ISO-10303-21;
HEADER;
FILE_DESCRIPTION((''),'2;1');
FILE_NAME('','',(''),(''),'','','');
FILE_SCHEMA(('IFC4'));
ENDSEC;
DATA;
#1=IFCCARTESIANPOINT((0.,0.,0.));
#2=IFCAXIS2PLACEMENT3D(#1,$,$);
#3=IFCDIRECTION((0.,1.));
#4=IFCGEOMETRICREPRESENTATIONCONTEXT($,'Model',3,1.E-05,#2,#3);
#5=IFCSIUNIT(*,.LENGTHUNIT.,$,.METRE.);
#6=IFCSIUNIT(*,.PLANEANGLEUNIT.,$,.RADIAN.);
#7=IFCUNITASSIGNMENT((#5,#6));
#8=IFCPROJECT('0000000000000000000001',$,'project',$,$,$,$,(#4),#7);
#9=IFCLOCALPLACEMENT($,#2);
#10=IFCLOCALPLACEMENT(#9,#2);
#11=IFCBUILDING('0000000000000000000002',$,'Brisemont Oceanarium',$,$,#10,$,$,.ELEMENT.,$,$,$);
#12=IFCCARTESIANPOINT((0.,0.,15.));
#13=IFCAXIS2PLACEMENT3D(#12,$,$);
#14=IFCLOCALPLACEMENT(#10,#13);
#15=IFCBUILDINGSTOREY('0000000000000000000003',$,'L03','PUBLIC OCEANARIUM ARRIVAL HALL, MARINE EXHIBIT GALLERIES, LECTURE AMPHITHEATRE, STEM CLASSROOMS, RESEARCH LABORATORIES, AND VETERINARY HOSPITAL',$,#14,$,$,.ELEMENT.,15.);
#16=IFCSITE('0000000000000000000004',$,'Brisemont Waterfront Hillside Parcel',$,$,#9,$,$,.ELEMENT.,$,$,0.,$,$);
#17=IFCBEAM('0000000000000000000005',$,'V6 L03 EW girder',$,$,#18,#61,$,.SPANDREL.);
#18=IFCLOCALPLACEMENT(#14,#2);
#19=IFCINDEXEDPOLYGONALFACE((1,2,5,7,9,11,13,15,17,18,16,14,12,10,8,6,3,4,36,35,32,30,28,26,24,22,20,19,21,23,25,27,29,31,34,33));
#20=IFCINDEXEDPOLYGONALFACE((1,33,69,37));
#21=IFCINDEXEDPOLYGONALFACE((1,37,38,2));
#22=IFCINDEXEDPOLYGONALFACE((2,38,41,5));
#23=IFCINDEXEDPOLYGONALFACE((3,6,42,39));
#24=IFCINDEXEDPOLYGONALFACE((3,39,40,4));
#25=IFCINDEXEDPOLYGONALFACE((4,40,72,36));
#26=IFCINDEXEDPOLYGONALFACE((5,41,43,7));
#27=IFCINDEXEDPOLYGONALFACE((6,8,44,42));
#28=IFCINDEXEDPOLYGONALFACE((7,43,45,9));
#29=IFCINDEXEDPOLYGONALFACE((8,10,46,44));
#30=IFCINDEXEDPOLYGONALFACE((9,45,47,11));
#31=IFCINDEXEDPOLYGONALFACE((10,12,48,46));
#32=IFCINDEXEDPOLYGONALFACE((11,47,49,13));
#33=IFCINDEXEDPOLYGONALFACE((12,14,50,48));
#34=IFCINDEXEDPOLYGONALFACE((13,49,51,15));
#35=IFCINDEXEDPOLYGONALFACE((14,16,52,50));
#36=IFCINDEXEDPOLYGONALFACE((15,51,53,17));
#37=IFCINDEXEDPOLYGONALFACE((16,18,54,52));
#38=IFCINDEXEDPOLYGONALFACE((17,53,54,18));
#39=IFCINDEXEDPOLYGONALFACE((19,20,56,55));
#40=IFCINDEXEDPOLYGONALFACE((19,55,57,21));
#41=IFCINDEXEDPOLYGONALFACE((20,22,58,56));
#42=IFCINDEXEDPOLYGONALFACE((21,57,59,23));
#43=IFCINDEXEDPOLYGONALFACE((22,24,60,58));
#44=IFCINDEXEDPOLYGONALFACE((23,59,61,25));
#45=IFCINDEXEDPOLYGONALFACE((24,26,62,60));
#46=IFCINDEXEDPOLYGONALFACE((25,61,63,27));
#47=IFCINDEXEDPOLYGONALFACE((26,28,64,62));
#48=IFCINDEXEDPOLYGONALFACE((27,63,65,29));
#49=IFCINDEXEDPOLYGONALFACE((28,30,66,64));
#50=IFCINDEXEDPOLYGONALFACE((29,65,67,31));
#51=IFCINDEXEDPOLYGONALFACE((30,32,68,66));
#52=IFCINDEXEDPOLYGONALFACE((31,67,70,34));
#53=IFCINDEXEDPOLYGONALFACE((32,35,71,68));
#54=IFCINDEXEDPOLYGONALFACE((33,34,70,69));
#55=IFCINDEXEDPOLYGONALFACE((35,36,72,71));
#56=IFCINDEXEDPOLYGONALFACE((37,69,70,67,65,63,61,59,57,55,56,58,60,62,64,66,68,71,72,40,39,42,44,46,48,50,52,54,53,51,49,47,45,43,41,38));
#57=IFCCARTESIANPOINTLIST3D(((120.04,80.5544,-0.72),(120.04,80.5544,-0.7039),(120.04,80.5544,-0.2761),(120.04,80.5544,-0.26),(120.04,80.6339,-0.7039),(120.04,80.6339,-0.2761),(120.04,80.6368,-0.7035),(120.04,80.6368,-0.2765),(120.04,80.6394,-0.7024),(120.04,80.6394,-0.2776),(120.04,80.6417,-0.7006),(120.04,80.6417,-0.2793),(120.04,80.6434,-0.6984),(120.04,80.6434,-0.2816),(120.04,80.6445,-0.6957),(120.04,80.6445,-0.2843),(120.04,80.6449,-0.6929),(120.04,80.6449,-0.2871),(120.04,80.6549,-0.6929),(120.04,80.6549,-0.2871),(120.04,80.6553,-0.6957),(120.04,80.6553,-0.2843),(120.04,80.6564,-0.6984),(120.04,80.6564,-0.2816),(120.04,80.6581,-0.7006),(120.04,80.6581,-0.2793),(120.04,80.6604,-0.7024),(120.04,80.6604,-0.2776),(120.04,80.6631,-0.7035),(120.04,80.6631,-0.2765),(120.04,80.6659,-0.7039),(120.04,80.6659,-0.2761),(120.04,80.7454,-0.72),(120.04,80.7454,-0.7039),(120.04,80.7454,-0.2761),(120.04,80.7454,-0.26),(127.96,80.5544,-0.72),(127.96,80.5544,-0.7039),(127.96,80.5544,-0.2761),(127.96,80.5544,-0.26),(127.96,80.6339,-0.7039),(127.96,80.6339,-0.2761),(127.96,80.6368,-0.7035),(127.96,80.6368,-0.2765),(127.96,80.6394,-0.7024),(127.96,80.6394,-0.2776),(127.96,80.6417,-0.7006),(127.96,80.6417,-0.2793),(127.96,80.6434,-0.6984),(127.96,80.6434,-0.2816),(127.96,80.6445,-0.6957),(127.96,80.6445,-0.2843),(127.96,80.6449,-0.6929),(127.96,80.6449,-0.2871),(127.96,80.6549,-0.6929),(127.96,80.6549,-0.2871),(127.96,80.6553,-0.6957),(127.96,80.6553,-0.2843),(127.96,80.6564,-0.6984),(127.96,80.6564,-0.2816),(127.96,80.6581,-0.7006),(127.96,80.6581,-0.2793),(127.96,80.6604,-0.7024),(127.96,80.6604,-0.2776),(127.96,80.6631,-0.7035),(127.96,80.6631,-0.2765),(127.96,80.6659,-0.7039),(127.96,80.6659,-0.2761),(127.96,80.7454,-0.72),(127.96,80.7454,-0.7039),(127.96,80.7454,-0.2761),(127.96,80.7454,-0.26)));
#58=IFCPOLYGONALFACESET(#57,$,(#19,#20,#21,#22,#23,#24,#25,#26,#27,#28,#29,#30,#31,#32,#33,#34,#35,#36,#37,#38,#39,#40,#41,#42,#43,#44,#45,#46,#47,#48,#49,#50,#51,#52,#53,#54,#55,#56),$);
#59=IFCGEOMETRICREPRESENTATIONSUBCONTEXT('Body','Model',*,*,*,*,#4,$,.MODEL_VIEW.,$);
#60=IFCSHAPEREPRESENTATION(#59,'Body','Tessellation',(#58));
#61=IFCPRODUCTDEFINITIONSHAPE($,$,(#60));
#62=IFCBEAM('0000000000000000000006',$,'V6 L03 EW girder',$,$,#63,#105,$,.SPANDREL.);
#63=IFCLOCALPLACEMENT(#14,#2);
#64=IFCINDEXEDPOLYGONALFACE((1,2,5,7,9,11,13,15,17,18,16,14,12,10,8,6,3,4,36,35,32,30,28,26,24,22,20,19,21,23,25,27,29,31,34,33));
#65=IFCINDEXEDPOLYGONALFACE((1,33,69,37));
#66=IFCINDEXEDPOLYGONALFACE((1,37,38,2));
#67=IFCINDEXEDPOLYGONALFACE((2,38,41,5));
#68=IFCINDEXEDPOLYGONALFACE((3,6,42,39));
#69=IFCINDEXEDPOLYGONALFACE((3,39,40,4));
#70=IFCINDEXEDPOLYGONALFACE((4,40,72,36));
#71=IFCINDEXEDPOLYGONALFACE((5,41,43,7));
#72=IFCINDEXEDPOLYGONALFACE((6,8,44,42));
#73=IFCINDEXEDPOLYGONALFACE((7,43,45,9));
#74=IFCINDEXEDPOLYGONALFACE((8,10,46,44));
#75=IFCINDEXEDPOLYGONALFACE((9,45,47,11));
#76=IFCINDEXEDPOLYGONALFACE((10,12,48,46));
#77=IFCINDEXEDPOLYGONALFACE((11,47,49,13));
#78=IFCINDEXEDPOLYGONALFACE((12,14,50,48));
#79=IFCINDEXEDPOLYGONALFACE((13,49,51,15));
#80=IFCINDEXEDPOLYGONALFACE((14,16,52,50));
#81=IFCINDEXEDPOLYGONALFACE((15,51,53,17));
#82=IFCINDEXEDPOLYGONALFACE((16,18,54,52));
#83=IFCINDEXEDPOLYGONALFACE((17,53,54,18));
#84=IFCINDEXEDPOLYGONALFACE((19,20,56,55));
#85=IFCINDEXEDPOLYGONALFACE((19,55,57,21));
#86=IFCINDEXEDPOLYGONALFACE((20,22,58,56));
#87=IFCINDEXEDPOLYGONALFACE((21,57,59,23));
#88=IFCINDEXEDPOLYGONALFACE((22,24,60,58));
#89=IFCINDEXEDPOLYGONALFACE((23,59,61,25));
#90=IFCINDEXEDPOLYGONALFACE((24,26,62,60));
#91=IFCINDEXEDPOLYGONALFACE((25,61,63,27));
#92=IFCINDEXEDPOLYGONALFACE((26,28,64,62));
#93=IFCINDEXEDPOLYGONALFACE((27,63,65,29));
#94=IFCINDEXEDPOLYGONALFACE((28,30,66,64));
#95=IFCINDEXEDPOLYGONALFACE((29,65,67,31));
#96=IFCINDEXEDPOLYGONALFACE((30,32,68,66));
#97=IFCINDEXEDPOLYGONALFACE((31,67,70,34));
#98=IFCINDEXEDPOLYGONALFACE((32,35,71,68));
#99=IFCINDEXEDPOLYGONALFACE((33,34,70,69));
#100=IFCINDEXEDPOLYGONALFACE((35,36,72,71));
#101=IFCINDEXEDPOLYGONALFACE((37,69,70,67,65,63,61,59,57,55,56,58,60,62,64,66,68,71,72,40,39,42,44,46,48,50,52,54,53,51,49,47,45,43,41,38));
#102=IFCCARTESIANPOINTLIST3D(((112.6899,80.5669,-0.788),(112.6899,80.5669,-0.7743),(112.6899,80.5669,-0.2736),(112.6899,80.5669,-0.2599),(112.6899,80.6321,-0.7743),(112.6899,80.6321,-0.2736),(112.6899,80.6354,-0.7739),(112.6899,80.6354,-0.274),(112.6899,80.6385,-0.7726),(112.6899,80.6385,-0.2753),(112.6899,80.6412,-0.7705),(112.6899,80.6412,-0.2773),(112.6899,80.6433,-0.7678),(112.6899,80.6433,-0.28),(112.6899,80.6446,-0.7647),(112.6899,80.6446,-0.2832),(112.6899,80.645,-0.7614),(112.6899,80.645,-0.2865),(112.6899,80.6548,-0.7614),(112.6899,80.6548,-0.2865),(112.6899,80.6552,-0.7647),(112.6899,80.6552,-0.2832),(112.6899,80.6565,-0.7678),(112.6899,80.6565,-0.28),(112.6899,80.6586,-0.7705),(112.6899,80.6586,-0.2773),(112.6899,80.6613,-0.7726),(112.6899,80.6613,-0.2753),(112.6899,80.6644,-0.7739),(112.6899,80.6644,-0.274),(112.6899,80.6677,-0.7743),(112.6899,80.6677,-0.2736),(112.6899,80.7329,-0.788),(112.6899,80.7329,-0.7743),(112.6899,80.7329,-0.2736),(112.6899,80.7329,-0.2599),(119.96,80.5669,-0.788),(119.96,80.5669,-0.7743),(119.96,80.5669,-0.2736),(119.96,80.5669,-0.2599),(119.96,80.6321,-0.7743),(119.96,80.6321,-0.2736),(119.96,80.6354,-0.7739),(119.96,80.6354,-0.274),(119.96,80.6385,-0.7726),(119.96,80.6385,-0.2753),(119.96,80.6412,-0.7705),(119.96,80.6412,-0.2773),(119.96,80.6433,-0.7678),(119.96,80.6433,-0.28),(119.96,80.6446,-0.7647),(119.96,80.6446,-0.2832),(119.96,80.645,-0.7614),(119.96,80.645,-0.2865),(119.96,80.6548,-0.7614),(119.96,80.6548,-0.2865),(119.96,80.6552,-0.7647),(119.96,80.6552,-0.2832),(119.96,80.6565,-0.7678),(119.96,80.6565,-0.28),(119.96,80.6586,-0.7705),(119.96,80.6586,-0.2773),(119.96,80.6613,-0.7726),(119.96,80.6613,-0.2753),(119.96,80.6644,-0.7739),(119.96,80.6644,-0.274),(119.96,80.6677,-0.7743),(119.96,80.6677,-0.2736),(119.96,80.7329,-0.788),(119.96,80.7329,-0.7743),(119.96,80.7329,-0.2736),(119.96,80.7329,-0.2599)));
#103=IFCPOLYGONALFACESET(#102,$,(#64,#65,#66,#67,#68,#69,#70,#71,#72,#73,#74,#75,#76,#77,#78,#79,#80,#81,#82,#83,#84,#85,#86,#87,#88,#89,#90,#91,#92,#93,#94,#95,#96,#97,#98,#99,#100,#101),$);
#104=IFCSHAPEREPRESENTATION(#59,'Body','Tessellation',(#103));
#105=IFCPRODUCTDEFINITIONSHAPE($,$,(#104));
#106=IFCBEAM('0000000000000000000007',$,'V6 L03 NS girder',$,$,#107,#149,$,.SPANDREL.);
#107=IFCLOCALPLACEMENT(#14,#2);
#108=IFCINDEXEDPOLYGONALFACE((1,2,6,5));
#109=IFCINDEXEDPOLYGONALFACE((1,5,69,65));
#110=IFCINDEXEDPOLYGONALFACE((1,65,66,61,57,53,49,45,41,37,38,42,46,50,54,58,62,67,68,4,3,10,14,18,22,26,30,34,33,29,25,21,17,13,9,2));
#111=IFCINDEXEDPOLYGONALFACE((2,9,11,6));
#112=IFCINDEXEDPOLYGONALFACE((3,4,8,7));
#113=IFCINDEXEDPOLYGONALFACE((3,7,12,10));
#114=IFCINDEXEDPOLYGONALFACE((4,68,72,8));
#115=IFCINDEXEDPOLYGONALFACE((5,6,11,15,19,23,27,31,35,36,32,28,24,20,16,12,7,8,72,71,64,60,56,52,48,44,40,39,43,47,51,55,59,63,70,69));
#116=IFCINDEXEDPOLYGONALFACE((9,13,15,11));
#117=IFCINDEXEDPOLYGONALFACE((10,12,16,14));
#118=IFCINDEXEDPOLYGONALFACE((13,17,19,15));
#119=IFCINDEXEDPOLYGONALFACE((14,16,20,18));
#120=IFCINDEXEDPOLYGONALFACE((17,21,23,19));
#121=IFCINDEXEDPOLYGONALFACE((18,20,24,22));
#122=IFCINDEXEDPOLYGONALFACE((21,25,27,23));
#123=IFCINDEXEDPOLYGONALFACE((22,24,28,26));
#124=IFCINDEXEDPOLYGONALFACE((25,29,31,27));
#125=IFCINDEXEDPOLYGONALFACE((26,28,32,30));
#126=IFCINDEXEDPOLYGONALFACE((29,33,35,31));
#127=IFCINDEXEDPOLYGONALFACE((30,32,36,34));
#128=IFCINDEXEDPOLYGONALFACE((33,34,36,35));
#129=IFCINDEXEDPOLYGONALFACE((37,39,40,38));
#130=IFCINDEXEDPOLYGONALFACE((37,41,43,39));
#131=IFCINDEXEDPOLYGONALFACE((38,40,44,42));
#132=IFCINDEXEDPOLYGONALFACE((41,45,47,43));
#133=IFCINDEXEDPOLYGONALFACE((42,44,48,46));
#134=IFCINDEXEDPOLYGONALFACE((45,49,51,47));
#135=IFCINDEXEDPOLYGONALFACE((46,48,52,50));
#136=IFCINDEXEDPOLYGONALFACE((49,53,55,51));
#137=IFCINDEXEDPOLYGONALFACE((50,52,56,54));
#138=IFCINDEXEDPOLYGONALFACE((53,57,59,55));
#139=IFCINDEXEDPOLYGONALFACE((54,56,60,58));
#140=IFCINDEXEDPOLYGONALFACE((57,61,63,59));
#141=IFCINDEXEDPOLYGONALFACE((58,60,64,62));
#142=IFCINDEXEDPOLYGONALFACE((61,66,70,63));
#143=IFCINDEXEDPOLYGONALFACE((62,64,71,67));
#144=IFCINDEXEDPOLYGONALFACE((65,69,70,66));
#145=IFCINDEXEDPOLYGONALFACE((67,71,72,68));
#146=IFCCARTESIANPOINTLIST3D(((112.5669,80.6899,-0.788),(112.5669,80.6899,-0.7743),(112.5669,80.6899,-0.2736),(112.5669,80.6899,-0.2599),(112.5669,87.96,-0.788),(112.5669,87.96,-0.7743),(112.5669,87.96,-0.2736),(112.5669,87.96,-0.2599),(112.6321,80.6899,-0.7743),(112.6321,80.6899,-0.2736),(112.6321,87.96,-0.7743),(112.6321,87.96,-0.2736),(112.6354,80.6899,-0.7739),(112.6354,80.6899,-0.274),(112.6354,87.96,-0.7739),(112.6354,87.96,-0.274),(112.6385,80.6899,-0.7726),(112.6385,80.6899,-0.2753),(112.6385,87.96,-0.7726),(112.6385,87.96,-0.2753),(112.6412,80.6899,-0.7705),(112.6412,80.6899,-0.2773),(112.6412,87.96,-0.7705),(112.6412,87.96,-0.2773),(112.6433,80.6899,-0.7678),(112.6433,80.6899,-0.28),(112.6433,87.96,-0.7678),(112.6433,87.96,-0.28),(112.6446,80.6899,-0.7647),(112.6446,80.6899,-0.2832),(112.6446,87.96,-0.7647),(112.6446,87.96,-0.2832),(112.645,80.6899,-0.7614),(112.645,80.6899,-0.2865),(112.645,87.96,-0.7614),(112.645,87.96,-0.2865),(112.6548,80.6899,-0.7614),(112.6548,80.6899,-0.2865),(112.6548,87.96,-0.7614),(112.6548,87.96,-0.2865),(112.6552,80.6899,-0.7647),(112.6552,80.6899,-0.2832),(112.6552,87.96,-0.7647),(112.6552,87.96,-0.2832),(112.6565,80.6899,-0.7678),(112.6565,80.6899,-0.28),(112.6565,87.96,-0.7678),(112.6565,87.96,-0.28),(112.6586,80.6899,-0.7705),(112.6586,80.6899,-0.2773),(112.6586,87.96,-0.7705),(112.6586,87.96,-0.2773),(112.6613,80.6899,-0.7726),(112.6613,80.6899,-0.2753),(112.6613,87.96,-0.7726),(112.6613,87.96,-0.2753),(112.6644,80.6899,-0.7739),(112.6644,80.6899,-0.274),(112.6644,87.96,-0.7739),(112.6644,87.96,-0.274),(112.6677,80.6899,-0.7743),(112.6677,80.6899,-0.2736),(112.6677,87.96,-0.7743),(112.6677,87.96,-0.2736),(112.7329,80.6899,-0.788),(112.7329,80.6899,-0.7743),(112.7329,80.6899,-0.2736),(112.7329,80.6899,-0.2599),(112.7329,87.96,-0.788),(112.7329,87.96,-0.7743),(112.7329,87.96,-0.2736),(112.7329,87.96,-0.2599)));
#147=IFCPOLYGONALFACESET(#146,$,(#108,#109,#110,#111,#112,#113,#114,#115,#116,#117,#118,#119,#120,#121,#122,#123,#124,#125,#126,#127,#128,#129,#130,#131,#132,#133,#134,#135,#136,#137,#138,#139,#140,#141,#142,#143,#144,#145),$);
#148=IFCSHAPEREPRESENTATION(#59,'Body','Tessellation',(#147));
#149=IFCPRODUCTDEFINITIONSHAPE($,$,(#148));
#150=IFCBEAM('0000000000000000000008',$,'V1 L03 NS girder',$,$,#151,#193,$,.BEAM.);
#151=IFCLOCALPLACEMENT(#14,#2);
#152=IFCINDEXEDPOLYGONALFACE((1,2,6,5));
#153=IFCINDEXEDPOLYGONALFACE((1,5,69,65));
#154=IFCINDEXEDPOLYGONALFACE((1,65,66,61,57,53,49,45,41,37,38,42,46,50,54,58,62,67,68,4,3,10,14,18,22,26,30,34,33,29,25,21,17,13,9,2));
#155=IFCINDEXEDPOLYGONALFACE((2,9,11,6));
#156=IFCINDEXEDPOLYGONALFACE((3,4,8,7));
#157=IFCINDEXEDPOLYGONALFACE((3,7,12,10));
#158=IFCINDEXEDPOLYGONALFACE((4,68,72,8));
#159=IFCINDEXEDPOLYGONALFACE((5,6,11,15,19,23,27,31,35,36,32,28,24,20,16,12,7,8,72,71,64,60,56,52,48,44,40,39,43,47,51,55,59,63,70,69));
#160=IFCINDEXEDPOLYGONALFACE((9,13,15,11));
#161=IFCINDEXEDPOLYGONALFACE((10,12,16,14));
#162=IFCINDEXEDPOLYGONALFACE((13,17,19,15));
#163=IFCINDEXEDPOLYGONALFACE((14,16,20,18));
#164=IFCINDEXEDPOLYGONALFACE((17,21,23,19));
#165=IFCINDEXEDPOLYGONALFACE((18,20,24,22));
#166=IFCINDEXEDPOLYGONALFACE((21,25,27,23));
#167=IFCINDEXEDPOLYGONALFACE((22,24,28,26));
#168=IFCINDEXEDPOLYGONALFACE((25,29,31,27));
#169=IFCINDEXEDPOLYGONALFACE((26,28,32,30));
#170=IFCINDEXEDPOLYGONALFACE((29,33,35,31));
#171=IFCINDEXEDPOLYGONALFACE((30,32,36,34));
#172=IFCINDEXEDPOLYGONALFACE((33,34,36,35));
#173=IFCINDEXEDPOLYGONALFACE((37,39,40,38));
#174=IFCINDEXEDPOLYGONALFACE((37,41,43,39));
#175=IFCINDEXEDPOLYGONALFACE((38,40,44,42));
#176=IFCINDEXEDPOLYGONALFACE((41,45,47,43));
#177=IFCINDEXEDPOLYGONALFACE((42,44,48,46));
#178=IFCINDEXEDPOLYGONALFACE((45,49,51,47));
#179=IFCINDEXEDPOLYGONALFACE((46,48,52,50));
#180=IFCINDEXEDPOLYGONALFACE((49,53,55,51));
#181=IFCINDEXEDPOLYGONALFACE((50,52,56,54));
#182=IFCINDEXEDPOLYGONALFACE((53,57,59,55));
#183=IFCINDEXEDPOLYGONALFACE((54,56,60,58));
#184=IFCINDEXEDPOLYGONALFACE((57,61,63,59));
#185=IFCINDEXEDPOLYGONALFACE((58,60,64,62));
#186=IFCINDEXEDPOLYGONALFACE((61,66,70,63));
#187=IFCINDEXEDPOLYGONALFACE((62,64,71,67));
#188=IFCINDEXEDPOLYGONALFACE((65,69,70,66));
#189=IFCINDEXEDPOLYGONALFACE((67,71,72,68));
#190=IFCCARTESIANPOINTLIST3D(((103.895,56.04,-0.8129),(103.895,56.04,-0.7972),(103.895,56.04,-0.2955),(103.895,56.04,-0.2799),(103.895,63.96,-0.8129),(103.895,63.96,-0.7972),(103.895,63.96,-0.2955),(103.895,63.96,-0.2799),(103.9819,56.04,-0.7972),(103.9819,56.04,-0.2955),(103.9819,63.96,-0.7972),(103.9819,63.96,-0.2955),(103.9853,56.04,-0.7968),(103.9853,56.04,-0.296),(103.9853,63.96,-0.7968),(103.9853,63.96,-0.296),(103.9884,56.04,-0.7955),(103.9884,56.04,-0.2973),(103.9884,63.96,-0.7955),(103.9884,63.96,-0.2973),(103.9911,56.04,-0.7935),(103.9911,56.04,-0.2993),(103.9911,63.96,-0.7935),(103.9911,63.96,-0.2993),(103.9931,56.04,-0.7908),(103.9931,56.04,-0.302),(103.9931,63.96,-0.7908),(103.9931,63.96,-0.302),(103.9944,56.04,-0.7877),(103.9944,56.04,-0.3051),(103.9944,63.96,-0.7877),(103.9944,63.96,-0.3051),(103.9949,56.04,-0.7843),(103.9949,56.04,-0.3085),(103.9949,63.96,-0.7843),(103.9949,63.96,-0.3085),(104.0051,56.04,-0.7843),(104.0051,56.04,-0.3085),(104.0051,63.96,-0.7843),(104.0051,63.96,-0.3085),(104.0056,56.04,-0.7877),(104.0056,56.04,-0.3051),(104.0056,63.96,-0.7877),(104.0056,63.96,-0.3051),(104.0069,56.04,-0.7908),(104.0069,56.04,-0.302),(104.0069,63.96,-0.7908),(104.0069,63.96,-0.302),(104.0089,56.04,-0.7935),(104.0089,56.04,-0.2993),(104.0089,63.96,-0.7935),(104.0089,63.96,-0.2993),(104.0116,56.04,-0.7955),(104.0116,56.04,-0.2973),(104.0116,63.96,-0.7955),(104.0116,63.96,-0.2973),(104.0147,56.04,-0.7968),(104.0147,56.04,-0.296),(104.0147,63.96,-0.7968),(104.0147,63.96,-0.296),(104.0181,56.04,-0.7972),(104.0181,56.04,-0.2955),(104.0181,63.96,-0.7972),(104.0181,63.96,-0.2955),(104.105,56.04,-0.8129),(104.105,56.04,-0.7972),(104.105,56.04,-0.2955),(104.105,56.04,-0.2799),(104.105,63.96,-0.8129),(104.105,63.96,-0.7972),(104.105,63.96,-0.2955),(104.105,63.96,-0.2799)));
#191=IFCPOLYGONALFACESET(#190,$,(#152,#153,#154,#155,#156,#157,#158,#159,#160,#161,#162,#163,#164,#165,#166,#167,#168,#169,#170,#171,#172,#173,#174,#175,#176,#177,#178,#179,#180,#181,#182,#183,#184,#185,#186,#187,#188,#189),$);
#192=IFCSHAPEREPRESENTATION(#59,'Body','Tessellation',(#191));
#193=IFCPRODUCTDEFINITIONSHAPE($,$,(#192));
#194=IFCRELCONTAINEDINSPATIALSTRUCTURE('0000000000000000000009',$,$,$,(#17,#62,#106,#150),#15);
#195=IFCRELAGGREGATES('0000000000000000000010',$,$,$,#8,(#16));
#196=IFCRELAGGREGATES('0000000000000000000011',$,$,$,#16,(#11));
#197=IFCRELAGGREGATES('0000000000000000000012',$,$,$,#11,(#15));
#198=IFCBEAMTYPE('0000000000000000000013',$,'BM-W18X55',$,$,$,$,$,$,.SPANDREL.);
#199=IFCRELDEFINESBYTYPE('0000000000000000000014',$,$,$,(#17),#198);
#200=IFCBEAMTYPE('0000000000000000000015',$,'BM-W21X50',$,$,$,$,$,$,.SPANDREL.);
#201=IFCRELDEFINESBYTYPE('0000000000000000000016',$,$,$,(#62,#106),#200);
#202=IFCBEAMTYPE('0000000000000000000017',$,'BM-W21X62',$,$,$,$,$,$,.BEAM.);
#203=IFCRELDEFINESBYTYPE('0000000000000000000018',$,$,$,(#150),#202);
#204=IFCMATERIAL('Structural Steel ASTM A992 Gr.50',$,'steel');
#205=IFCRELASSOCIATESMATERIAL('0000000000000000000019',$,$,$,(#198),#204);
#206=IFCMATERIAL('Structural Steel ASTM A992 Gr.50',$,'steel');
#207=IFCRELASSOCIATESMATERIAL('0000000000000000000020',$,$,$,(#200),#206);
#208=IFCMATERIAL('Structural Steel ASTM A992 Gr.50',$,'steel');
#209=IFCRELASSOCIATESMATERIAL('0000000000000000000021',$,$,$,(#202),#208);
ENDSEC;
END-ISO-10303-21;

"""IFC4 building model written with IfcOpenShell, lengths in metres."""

from ifc_helpers import new_model, si_unit, direction, frame, origin, origin_2d, place, context, subcontext, project, spatial, i_section, extrude, material, material_profile, profile_set, type_object, element, save


model = new_model("IFC4")

# Units and contexts
model_context = context("Model", 3, precision=1e-05, world=origin(), true_north=direction((0.0, 1.0)))
body_context = subcontext(model_context, "Body", "Model", "MODEL_VIEW")
ifc_project = project(units=[si_unit("LENGTHUNIT", "METRE"), si_unit("PLANEANGLEUNIT", "RADIAN")], contexts=[model_context])

# Site, building, storey
site_placement = place(None, origin())
site = spatial("IfcSite", under=ifc_project, at=site_placement, Name="Brisemont Waterfront Hillside Parcel", CompositionType="ELEMENT", RefElevation=0.0)
building_placement = place(site_placement, origin())
building = spatial("IfcBuilding", under=site, at=building_placement, Name="Brisemont Oceanarium", CompositionType="ELEMENT")
storey_placement = place(building_placement, frame((0.0, 0.0, 15.0)))
storey = spatial("IfcBuildingStorey", under=building, at=storey_placement, Name="L03", Description="PUBLIC OCEANARIUM ARRIVAL HALL, MARINE EXHIBIT GALLERIES, LECTURE AMPHITHEATRE, STEM CLASSROOMS, RESEARCH LABORATORIES, AND VETERINARY HOSPITAL", CompositionType="ELEMENT", Elevation=15.0)

# Beams
ifc_material_1 = material(Name="Structural Steel ASTM A992 Gr.50", Category="steel")
ifc_material_profile_1 = material_profile(ifc_material_1, i_section(OverallWidth=0.1909, OverallDepth=0.46, WebThickness=0.01, FlangeThickness=0.0161, FilletRadius=0.011, at=origin_2d()), Name="W18X55")
ifc_profile_set_1 = profile_set([ifc_material_profile_1], Name="Structural Steel ASTM A992 Gr.50")
beam_type_1 = type_object("IfcBeamType", Name="BM-W18X55", PredefinedType="SPANDREL", material=ifc_profile_set_1)
beam_1_placement = place(storey_placement, frame((120.04, 80.6499, -0.49), z_axis=(1.0, 0.0, 0.0), x_axis=(0.0, 1.0, 0.0)))
element("IfcBeam", 1, at=beam_1_placement, inside=storey, type_object=beam_type_1, Name="V6 L03 EW girder", PredefinedType="SPANDREL", context=body_context, shape_type="SweptSolid", body=[
    extrude(i_section(OverallWidth=0.1909, OverallDepth=0.46, WebThickness=0.01, FlangeThickness=0.0161, FilletRadius=0.011, at=origin_2d()), origin(), (0.0, 0.0, 1.0), 7.9199),
])
ifc_material_2 = material(Name="Structural Steel ASTM A992 Gr.50", Category="steel")
ifc_material_profile_2 = material_profile(ifc_material_2, i_section(OverallWidth=0.166, OverallDepth=0.5281, WebThickness=0.0098, FlangeThickness=0.0137, FilletRadius=0.0129, at=origin_2d()), Name="W21X50")
ifc_profile_set_2 = profile_set([ifc_material_profile_2], Name="Structural Steel ASTM A992 Gr.50")
beam_type_2 = type_object("IfcBeamType", Name="BM-W21X50", PredefinedType="SPANDREL", material=ifc_profile_set_2)
for number, where, z_axis, x_axis, name in (
    (2, (112.6899, 80.6499, -0.5239), (1.0, 0.0, 0.0), (0.0, 1.0, 0.0), "V6 L03 EW girder"),
    (3, (112.6499, 80.6899, -0.5239), (0.0, 1.0, 0.0), (-1.0, 0.0, 0.0), "V6 L03 NS girder"),
):
    element("IfcBeam", number, at=place(storey_placement, frame(where, z_axis=z_axis, x_axis=x_axis)), inside=storey, type_object=beam_type_2, Name=name, PredefinedType="SPANDREL", context=body_context, shape_type="SweptSolid", body=[
        extrude(i_section(OverallWidth=0.166, OverallDepth=0.5281, WebThickness=0.0098, FlangeThickness=0.0137, FilletRadius=0.0129, at=origin_2d()), origin(), (0.0, 0.0, 1.0), 7.27),
    ])
ifc_material_3 = material(Name="Structural Steel ASTM A992 Gr.50", Category="steel")
ifc_material_profile_3 = material_profile(ifc_material_3, i_section(OverallWidth=0.21, OverallDepth=0.533, WebThickness=0.0103, FlangeThickness=0.0156, FilletRadius=0.0129, at=origin_2d()), Name="W21X62")
ifc_profile_set_3 = profile_set([ifc_material_profile_3], Name="Structural Steel ASTM A992 Gr.50")
beam_type_3 = type_object("IfcBeamType", Name="BM-W21X62", PredefinedType="BEAM", material=ifc_profile_set_3)
beam_2_placement = place(storey_placement, frame((104.0, 56.04, -0.5464), z_axis=(0.0, 1.0, 0.0), x_axis=(-1.0, 0.0, 0.0)))
element("IfcBeam", 4, at=beam_2_placement, inside=storey, type_object=beam_type_3, Name="V1 L03 NS girder", PredefinedType="BEAM", context=body_context, shape_type="SweptSolid", body=[
    extrude(i_section(OverallWidth=0.21, OverallDepth=0.533, WebThickness=0.0103, FlangeThickness=0.0156, FilletRadius=0.0129, at=origin_2d()), origin(), (0.0, 0.0, 1.0), 7.9199),
])

save(model, "model.ifc")
